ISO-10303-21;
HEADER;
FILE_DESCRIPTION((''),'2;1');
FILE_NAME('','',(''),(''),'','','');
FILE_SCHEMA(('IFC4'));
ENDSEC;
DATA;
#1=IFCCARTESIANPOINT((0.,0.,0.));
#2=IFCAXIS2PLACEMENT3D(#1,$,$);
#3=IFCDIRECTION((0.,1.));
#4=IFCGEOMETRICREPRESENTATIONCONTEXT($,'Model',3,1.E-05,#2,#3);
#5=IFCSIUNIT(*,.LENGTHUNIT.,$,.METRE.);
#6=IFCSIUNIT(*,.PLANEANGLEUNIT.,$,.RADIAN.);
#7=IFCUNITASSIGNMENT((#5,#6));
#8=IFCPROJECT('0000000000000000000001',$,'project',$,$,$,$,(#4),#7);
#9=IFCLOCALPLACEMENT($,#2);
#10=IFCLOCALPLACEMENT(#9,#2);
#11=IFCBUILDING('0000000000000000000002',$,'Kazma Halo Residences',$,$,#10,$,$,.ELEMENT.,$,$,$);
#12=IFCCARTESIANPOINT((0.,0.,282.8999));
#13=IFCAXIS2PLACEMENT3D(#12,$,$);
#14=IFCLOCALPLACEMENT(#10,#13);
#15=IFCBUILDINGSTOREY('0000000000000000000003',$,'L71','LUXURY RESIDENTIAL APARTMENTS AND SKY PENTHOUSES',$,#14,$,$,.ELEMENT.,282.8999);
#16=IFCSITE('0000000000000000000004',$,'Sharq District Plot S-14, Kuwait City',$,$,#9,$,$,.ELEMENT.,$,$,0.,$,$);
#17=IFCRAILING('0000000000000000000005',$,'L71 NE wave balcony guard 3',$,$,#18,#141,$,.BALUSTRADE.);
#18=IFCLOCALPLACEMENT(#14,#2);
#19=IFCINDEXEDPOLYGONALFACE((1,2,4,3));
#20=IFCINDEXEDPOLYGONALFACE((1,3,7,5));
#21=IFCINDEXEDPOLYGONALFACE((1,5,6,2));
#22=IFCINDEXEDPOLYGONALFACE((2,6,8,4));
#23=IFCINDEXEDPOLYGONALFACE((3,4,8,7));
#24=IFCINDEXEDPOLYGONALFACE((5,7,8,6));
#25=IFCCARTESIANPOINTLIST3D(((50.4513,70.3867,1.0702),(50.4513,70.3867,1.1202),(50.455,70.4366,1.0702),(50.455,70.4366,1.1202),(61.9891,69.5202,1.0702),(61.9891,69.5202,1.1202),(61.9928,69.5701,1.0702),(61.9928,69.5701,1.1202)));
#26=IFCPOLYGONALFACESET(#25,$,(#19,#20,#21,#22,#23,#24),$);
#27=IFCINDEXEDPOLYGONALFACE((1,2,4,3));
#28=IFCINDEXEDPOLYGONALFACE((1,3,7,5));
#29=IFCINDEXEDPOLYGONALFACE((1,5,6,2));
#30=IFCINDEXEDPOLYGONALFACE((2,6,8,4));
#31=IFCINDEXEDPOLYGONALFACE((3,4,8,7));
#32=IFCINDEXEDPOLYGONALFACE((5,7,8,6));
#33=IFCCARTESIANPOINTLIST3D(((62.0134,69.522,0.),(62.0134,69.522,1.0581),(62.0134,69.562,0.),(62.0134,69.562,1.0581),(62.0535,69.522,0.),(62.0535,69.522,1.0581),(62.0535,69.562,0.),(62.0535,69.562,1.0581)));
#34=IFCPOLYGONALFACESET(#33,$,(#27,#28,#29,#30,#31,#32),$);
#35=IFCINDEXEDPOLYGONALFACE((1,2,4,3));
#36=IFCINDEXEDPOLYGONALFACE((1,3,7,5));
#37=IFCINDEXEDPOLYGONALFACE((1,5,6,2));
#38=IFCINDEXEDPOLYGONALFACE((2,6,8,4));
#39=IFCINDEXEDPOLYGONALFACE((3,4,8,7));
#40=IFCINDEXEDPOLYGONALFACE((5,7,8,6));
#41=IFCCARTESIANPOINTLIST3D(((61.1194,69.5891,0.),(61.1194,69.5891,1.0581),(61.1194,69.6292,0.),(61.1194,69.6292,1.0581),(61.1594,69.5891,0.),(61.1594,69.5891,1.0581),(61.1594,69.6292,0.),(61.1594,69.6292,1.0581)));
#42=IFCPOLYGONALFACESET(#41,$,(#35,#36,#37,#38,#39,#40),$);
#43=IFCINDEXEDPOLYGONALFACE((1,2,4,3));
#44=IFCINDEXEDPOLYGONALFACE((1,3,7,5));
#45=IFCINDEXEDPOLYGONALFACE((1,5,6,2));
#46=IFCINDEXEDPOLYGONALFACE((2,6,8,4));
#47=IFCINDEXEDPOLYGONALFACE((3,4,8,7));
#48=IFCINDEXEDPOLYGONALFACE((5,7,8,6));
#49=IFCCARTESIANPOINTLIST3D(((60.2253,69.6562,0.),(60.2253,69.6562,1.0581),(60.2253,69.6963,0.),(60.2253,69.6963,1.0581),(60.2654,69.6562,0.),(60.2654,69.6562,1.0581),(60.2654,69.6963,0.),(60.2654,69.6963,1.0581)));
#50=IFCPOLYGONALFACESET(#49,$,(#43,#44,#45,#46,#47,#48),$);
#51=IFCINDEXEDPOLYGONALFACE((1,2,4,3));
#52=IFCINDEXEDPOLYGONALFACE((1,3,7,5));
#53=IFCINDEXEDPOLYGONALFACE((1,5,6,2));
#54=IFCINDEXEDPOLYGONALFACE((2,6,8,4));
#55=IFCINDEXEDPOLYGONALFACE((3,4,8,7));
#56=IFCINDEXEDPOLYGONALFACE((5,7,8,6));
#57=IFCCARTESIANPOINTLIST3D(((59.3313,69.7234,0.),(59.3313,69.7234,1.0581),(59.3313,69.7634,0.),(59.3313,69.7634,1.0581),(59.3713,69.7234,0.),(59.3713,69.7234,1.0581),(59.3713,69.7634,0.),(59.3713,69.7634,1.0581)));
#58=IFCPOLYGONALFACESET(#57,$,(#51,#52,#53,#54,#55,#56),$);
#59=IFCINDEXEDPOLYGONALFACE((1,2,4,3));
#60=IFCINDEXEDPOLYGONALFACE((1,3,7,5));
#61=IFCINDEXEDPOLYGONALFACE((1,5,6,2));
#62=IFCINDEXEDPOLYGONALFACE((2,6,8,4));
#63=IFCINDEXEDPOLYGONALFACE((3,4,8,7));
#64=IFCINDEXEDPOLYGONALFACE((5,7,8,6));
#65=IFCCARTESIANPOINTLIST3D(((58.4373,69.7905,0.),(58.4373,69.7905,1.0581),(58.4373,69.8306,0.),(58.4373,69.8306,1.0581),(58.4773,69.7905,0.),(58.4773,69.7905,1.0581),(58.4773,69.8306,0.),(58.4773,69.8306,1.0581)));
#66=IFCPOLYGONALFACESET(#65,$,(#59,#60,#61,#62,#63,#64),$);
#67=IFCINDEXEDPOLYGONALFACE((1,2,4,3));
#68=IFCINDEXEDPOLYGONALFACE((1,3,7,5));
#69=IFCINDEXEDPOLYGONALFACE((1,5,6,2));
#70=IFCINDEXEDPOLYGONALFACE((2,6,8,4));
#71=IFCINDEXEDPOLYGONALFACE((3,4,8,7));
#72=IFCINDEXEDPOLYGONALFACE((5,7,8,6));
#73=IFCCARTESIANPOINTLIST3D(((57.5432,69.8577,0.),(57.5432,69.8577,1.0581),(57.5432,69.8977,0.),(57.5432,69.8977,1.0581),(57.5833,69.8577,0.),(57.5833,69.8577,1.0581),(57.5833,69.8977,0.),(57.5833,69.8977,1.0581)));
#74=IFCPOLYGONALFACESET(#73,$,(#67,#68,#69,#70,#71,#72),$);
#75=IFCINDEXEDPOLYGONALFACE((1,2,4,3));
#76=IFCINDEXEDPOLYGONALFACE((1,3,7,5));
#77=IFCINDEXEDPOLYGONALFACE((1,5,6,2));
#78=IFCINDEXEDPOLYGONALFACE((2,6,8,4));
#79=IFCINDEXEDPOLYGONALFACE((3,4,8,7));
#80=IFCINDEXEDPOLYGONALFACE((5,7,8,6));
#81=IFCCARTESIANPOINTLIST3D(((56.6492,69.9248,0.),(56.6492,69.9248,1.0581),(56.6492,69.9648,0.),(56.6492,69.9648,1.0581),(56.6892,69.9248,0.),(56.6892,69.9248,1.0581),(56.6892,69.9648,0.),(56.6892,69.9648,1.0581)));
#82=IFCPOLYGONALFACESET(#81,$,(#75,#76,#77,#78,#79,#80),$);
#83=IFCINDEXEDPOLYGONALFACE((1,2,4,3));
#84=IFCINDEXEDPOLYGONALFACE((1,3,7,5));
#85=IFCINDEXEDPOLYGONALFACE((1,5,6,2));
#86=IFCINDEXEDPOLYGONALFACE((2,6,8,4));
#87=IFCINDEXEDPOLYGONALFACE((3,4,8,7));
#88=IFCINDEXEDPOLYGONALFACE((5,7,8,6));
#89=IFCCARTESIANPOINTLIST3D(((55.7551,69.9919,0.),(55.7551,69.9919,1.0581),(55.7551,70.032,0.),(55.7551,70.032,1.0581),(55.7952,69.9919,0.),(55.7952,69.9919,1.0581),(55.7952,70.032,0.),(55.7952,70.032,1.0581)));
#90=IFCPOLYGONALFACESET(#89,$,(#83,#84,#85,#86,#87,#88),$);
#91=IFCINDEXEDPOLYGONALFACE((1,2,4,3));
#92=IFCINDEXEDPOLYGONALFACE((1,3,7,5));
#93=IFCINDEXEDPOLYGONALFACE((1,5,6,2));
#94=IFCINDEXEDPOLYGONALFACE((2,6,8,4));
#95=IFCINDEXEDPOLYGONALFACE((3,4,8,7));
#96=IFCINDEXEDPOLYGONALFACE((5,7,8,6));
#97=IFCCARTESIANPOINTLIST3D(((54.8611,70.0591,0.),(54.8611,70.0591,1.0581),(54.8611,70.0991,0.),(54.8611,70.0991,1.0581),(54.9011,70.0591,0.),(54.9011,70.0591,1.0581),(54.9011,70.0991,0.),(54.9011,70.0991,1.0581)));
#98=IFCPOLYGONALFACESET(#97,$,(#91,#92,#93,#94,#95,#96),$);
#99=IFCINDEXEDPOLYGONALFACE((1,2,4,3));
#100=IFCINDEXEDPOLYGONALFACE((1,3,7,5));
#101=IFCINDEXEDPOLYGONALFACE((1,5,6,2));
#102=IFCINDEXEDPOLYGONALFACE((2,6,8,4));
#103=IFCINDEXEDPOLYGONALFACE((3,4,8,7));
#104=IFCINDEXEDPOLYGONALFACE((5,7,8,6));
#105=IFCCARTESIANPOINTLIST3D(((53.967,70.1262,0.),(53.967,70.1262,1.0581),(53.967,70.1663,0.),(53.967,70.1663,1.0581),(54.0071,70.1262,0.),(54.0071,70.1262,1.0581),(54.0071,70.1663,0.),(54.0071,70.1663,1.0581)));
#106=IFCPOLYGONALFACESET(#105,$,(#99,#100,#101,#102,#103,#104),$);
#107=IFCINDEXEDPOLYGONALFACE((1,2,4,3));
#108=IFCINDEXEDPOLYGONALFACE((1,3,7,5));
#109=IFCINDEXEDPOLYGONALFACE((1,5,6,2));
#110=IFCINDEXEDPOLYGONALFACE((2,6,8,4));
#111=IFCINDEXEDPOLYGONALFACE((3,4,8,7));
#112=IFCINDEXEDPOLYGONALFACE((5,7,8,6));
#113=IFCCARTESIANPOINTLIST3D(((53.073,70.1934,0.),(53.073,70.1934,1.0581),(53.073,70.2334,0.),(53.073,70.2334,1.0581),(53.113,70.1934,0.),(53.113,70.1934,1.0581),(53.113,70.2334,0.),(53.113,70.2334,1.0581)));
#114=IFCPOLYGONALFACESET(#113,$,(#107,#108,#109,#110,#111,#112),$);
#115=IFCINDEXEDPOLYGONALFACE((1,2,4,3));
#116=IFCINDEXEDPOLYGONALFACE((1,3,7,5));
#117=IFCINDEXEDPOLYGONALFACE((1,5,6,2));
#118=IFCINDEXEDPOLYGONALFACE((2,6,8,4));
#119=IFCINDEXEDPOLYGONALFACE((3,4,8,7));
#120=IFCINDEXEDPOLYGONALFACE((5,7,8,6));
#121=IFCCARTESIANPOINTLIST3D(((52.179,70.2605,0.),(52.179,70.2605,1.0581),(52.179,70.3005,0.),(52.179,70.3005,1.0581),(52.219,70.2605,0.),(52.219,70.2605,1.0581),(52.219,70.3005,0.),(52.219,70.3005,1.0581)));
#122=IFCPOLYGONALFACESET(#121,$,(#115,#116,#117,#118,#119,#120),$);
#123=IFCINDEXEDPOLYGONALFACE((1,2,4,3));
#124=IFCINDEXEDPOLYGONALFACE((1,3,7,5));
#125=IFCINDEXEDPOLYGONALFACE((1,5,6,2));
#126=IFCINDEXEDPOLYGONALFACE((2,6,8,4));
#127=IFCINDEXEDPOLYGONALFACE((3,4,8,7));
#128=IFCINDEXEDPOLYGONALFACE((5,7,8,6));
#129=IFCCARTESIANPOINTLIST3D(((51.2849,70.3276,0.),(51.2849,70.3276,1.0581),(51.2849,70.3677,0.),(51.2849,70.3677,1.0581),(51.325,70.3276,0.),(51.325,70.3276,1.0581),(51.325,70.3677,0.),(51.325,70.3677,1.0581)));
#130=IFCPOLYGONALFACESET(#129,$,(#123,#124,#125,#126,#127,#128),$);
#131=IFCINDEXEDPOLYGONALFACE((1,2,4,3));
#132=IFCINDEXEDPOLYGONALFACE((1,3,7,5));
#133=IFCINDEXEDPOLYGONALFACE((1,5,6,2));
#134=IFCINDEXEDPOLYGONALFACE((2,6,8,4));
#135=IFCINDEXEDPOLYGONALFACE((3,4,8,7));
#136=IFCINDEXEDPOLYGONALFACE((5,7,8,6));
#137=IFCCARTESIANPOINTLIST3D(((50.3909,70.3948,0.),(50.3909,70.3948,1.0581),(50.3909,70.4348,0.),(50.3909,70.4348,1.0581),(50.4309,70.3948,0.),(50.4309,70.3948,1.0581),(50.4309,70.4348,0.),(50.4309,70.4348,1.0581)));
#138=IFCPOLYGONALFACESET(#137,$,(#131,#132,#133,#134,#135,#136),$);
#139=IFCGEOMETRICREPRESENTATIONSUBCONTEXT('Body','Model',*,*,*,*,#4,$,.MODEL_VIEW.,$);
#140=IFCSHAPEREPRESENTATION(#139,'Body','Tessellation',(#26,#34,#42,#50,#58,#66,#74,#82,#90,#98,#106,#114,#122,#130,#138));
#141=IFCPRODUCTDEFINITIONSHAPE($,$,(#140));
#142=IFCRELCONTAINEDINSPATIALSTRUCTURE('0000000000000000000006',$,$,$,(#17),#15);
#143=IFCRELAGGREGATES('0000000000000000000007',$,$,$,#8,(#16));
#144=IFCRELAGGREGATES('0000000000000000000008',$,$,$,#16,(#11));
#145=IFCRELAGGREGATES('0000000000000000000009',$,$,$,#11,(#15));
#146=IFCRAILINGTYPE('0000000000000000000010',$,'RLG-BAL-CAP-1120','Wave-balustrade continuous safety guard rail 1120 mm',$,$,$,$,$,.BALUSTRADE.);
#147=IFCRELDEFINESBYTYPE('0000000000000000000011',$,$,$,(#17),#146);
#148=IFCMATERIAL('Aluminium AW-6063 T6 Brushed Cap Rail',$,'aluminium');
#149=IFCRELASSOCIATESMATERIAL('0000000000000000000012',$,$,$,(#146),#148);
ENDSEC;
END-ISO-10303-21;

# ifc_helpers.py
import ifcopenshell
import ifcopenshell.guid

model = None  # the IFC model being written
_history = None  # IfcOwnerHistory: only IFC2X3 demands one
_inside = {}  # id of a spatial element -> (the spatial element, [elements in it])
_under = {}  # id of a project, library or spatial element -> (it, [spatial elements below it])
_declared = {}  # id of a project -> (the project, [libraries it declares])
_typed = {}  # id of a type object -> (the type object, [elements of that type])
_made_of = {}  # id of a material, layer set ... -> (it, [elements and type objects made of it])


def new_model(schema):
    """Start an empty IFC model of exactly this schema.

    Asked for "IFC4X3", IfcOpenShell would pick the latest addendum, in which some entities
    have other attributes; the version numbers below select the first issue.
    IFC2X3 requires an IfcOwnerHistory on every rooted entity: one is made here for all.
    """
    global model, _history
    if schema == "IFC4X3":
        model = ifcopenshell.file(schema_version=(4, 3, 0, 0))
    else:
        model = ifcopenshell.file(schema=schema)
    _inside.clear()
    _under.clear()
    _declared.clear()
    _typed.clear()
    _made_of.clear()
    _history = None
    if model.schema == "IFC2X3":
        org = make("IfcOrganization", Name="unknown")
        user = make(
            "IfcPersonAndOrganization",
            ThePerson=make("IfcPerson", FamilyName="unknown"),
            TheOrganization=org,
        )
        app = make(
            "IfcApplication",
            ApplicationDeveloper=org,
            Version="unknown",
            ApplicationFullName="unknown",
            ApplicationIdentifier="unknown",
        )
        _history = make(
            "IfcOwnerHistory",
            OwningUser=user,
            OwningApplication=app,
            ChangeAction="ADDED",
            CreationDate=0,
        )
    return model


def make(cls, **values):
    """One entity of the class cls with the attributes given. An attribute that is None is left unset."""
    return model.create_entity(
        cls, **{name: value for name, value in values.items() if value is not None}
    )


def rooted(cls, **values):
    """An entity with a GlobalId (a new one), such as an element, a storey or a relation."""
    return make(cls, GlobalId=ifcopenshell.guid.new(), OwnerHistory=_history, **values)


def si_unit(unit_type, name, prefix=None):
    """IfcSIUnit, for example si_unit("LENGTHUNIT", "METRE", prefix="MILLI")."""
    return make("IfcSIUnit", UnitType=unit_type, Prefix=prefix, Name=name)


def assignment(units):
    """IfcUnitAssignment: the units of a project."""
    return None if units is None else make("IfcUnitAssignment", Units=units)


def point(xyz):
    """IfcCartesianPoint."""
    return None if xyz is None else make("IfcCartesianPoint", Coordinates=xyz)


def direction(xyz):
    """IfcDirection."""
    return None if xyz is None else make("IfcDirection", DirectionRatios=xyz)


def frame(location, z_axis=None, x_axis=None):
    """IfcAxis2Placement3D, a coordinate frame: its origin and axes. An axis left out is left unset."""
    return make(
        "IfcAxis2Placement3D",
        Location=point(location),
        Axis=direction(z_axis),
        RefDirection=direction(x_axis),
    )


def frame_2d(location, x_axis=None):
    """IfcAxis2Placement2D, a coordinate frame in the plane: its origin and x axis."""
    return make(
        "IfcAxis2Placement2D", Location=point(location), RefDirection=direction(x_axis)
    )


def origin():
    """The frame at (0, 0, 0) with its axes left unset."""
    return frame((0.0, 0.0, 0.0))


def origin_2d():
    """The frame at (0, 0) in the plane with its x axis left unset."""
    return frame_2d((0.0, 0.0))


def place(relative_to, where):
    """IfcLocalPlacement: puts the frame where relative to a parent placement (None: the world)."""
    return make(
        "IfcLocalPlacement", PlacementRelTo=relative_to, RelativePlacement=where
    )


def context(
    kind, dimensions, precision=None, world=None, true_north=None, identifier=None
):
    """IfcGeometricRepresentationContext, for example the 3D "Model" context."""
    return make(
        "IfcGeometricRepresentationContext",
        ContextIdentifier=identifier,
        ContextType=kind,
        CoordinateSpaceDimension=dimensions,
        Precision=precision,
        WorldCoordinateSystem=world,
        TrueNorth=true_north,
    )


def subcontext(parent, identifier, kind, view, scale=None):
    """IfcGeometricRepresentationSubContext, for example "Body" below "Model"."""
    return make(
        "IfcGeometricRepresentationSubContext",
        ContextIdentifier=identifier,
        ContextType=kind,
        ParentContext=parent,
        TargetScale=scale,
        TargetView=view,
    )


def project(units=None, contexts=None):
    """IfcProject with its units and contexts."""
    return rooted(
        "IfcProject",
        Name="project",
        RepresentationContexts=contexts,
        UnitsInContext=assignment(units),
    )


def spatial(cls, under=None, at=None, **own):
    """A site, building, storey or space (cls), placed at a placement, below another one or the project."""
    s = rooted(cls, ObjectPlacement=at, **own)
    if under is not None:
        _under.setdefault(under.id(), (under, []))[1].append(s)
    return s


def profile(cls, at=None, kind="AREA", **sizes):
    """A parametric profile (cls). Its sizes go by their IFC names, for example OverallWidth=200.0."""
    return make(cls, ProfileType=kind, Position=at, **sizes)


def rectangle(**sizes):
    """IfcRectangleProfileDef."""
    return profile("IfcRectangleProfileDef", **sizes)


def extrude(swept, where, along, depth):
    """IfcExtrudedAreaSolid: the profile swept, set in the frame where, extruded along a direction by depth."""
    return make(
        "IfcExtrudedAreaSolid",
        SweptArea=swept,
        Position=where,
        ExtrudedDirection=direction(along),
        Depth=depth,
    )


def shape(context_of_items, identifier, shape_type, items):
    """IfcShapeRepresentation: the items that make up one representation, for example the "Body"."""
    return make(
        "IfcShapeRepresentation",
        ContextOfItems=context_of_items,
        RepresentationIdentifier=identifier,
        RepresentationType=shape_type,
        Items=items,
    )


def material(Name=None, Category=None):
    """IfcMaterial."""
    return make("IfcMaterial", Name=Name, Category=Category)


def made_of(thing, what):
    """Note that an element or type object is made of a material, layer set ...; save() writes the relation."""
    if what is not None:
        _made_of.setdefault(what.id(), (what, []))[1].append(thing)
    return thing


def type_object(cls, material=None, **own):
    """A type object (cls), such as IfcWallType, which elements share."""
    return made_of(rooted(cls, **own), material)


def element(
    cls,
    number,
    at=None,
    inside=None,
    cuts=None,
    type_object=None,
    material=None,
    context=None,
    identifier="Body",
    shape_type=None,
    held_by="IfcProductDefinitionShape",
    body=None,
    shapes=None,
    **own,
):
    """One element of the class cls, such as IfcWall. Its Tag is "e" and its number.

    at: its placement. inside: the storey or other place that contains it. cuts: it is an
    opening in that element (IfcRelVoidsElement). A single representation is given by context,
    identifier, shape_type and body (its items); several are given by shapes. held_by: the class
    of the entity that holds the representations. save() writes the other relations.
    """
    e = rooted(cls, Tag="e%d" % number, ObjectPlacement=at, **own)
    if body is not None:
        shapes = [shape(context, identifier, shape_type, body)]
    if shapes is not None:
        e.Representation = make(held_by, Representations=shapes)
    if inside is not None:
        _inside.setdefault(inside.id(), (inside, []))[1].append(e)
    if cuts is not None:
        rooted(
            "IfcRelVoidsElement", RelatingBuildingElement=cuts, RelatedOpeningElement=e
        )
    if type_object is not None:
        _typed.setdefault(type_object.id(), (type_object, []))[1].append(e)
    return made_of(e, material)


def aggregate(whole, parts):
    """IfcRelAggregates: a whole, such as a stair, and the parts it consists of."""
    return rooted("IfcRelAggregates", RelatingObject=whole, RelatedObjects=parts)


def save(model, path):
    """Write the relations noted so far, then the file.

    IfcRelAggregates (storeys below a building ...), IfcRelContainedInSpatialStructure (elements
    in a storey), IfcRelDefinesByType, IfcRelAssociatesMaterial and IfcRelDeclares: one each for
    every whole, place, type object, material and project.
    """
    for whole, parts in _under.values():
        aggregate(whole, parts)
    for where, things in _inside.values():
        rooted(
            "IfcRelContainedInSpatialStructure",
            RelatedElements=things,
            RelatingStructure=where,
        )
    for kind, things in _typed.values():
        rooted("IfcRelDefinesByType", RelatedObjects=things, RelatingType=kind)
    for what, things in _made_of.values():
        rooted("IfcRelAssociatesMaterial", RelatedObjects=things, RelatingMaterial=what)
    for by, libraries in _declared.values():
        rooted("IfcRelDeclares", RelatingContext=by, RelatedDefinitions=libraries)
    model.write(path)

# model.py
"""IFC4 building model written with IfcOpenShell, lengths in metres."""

from ifc_helpers import new_model, si_unit, direction, frame, origin, origin_2d, place, context, subcontext, project, spatial, rectangle, extrude, material, type_object, element, save


model = new_model("IFC4")

# Units and contexts
model_context = context("Model", 3, precision=1e-05, world=origin(), true_north=direction((0.0, 1.0)))
body_context = subcontext(model_context, "Body", "Model", "MODEL_VIEW")
ifc_project = project(units=[si_unit("LENGTHUNIT", "METRE"), si_unit("PLANEANGLEUNIT", "RADIAN")], contexts=[model_context])

# Site, building, storey
site_placement = place(None, origin())
site = spatial("IfcSite", under=ifc_project, at=site_placement, Name="Sharq District Plot S-14, Kuwait City", CompositionType="ELEMENT", RefElevation=0.0)
building_placement = place(site_placement, origin())
building = spatial("IfcBuilding", under=site, at=building_placement, Name="Kazma Halo Residences", CompositionType="ELEMENT")
storey_placement = place(building_placement, frame((0.0, 0.0, 282.8999)))
storey = spatial("IfcBuildingStorey", under=building, at=storey_placement, Name="L71", Description="LUXURY RESIDENTIAL APARTMENTS AND SKY PENTHOUSES", CompositionType="ELEMENT", Elevation=282.8999)

# Railing
ifc_material_1 = material(Name="Aluminium AW-6063 T6 Brushed Cap Rail", Category="aluminium")
railing_type = type_object("IfcRailingType", Name="RLG-BAL-CAP-1120", Description="Wave-balustrade continuous safety guard rail 1120 mm", PredefinedType="BALUSTRADE", material=ifc_material_1)
railing_1_placement = place(storey_placement, frame((62.0334, 69.542, 0.0)))
element("IfcRailing", 1, at=railing_1_placement, inside=storey, type_object=railing_type, Name="L71 NE wave balcony guard 3", PredefinedType="BALUSTRADE", context=body_context, shape_type="SweptSolid", body=[
    extrude(rectangle(XDim=0.05, YDim=0.05, at=origin_2d()), frame((-0.0425, 0.0032, 1.0952), z_axis=(-0.997192, 0.074885, 0.0), x_axis=(-0.074885, -0.997192, 0.0)), (0.0, 0.0, 1.0), 11.5703),
    extrude(rectangle(XDim=0.04, YDim=0.04, at=origin_2d()), origin(), (0.0, 0.0, 1.0), 1.0581),
    extrude(rectangle(XDim=0.04, YDim=0.04, at=origin_2d()), frame((-0.894, 0.0671, 0.0)), (0.0, 0.0, 1.0), 1.0581),
    extrude(rectangle(XDim=0.04, YDim=0.04, at=origin_2d()), frame((-1.7881, 0.1343, 0.0)), (0.0, 0.0, 1.0), 1.0581),
    extrude(rectangle(XDim=0.04, YDim=0.04, at=origin_2d()), frame((-2.6821, 0.2014, 0.0)), (0.0, 0.0, 1.0), 1.0581),
    extrude(rectangle(XDim=0.04, YDim=0.04, at=origin_2d()), frame((-3.5762, 0.2686, 0.0)), (0.0, 0.0, 1.0), 1.0581),
    extrude(rectangle(XDim=0.04, YDim=0.04, at=origin_2d()), frame((-4.4702, 0.3357, 0.0)), (0.0, 0.0, 1.0), 1.0581),
    extrude(rectangle(XDim=0.04, YDim=0.04, at=origin_2d()), frame((-5.3643, 0.4028, 0.0)), (0.0, 0.0, 1.0), 1.0581),
    extrude(rectangle(XDim=0.04, YDim=0.04, at=origin_2d()), frame((-6.2583, 0.47, 0.0)), (0.0, 0.0, 1.0), 1.0581),
    extrude(rectangle(XDim=0.04, YDim=0.04, at=origin_2d()), frame((-7.1523, 0.5371, 0.0)), (0.0, 0.0, 1.0), 1.0581),
    extrude(rectangle(XDim=0.04, YDim=0.04, at=origin_2d()), frame((-8.0464, 0.6042, 0.0)), (0.0, 0.0, 1.0), 1.0581),
    extrude(rectangle(XDim=0.04, YDim=0.04, at=origin_2d()), frame((-8.9404, 0.6714, 0.0)), (0.0, 0.0, 1.0), 1.0581),
    extrude(rectangle(XDim=0.04, YDim=0.04, at=origin_2d()), frame((-9.8345, 0.7385, 0.0)), (0.0, 0.0, 1.0), 1.0581),
    extrude(rectangle(XDim=0.04, YDim=0.04, at=origin_2d()), frame((-10.7285, 0.8057, 0.0)), (0.0, 0.0, 1.0), 1.0581),
    extrude(rectangle(XDim=0.04, YDim=0.04, at=origin_2d()), frame((-11.6226, 0.8728, 0.0)), (0.0, 0.0, 1.0), 1.0581),
])

save(model, "model.ifc")
